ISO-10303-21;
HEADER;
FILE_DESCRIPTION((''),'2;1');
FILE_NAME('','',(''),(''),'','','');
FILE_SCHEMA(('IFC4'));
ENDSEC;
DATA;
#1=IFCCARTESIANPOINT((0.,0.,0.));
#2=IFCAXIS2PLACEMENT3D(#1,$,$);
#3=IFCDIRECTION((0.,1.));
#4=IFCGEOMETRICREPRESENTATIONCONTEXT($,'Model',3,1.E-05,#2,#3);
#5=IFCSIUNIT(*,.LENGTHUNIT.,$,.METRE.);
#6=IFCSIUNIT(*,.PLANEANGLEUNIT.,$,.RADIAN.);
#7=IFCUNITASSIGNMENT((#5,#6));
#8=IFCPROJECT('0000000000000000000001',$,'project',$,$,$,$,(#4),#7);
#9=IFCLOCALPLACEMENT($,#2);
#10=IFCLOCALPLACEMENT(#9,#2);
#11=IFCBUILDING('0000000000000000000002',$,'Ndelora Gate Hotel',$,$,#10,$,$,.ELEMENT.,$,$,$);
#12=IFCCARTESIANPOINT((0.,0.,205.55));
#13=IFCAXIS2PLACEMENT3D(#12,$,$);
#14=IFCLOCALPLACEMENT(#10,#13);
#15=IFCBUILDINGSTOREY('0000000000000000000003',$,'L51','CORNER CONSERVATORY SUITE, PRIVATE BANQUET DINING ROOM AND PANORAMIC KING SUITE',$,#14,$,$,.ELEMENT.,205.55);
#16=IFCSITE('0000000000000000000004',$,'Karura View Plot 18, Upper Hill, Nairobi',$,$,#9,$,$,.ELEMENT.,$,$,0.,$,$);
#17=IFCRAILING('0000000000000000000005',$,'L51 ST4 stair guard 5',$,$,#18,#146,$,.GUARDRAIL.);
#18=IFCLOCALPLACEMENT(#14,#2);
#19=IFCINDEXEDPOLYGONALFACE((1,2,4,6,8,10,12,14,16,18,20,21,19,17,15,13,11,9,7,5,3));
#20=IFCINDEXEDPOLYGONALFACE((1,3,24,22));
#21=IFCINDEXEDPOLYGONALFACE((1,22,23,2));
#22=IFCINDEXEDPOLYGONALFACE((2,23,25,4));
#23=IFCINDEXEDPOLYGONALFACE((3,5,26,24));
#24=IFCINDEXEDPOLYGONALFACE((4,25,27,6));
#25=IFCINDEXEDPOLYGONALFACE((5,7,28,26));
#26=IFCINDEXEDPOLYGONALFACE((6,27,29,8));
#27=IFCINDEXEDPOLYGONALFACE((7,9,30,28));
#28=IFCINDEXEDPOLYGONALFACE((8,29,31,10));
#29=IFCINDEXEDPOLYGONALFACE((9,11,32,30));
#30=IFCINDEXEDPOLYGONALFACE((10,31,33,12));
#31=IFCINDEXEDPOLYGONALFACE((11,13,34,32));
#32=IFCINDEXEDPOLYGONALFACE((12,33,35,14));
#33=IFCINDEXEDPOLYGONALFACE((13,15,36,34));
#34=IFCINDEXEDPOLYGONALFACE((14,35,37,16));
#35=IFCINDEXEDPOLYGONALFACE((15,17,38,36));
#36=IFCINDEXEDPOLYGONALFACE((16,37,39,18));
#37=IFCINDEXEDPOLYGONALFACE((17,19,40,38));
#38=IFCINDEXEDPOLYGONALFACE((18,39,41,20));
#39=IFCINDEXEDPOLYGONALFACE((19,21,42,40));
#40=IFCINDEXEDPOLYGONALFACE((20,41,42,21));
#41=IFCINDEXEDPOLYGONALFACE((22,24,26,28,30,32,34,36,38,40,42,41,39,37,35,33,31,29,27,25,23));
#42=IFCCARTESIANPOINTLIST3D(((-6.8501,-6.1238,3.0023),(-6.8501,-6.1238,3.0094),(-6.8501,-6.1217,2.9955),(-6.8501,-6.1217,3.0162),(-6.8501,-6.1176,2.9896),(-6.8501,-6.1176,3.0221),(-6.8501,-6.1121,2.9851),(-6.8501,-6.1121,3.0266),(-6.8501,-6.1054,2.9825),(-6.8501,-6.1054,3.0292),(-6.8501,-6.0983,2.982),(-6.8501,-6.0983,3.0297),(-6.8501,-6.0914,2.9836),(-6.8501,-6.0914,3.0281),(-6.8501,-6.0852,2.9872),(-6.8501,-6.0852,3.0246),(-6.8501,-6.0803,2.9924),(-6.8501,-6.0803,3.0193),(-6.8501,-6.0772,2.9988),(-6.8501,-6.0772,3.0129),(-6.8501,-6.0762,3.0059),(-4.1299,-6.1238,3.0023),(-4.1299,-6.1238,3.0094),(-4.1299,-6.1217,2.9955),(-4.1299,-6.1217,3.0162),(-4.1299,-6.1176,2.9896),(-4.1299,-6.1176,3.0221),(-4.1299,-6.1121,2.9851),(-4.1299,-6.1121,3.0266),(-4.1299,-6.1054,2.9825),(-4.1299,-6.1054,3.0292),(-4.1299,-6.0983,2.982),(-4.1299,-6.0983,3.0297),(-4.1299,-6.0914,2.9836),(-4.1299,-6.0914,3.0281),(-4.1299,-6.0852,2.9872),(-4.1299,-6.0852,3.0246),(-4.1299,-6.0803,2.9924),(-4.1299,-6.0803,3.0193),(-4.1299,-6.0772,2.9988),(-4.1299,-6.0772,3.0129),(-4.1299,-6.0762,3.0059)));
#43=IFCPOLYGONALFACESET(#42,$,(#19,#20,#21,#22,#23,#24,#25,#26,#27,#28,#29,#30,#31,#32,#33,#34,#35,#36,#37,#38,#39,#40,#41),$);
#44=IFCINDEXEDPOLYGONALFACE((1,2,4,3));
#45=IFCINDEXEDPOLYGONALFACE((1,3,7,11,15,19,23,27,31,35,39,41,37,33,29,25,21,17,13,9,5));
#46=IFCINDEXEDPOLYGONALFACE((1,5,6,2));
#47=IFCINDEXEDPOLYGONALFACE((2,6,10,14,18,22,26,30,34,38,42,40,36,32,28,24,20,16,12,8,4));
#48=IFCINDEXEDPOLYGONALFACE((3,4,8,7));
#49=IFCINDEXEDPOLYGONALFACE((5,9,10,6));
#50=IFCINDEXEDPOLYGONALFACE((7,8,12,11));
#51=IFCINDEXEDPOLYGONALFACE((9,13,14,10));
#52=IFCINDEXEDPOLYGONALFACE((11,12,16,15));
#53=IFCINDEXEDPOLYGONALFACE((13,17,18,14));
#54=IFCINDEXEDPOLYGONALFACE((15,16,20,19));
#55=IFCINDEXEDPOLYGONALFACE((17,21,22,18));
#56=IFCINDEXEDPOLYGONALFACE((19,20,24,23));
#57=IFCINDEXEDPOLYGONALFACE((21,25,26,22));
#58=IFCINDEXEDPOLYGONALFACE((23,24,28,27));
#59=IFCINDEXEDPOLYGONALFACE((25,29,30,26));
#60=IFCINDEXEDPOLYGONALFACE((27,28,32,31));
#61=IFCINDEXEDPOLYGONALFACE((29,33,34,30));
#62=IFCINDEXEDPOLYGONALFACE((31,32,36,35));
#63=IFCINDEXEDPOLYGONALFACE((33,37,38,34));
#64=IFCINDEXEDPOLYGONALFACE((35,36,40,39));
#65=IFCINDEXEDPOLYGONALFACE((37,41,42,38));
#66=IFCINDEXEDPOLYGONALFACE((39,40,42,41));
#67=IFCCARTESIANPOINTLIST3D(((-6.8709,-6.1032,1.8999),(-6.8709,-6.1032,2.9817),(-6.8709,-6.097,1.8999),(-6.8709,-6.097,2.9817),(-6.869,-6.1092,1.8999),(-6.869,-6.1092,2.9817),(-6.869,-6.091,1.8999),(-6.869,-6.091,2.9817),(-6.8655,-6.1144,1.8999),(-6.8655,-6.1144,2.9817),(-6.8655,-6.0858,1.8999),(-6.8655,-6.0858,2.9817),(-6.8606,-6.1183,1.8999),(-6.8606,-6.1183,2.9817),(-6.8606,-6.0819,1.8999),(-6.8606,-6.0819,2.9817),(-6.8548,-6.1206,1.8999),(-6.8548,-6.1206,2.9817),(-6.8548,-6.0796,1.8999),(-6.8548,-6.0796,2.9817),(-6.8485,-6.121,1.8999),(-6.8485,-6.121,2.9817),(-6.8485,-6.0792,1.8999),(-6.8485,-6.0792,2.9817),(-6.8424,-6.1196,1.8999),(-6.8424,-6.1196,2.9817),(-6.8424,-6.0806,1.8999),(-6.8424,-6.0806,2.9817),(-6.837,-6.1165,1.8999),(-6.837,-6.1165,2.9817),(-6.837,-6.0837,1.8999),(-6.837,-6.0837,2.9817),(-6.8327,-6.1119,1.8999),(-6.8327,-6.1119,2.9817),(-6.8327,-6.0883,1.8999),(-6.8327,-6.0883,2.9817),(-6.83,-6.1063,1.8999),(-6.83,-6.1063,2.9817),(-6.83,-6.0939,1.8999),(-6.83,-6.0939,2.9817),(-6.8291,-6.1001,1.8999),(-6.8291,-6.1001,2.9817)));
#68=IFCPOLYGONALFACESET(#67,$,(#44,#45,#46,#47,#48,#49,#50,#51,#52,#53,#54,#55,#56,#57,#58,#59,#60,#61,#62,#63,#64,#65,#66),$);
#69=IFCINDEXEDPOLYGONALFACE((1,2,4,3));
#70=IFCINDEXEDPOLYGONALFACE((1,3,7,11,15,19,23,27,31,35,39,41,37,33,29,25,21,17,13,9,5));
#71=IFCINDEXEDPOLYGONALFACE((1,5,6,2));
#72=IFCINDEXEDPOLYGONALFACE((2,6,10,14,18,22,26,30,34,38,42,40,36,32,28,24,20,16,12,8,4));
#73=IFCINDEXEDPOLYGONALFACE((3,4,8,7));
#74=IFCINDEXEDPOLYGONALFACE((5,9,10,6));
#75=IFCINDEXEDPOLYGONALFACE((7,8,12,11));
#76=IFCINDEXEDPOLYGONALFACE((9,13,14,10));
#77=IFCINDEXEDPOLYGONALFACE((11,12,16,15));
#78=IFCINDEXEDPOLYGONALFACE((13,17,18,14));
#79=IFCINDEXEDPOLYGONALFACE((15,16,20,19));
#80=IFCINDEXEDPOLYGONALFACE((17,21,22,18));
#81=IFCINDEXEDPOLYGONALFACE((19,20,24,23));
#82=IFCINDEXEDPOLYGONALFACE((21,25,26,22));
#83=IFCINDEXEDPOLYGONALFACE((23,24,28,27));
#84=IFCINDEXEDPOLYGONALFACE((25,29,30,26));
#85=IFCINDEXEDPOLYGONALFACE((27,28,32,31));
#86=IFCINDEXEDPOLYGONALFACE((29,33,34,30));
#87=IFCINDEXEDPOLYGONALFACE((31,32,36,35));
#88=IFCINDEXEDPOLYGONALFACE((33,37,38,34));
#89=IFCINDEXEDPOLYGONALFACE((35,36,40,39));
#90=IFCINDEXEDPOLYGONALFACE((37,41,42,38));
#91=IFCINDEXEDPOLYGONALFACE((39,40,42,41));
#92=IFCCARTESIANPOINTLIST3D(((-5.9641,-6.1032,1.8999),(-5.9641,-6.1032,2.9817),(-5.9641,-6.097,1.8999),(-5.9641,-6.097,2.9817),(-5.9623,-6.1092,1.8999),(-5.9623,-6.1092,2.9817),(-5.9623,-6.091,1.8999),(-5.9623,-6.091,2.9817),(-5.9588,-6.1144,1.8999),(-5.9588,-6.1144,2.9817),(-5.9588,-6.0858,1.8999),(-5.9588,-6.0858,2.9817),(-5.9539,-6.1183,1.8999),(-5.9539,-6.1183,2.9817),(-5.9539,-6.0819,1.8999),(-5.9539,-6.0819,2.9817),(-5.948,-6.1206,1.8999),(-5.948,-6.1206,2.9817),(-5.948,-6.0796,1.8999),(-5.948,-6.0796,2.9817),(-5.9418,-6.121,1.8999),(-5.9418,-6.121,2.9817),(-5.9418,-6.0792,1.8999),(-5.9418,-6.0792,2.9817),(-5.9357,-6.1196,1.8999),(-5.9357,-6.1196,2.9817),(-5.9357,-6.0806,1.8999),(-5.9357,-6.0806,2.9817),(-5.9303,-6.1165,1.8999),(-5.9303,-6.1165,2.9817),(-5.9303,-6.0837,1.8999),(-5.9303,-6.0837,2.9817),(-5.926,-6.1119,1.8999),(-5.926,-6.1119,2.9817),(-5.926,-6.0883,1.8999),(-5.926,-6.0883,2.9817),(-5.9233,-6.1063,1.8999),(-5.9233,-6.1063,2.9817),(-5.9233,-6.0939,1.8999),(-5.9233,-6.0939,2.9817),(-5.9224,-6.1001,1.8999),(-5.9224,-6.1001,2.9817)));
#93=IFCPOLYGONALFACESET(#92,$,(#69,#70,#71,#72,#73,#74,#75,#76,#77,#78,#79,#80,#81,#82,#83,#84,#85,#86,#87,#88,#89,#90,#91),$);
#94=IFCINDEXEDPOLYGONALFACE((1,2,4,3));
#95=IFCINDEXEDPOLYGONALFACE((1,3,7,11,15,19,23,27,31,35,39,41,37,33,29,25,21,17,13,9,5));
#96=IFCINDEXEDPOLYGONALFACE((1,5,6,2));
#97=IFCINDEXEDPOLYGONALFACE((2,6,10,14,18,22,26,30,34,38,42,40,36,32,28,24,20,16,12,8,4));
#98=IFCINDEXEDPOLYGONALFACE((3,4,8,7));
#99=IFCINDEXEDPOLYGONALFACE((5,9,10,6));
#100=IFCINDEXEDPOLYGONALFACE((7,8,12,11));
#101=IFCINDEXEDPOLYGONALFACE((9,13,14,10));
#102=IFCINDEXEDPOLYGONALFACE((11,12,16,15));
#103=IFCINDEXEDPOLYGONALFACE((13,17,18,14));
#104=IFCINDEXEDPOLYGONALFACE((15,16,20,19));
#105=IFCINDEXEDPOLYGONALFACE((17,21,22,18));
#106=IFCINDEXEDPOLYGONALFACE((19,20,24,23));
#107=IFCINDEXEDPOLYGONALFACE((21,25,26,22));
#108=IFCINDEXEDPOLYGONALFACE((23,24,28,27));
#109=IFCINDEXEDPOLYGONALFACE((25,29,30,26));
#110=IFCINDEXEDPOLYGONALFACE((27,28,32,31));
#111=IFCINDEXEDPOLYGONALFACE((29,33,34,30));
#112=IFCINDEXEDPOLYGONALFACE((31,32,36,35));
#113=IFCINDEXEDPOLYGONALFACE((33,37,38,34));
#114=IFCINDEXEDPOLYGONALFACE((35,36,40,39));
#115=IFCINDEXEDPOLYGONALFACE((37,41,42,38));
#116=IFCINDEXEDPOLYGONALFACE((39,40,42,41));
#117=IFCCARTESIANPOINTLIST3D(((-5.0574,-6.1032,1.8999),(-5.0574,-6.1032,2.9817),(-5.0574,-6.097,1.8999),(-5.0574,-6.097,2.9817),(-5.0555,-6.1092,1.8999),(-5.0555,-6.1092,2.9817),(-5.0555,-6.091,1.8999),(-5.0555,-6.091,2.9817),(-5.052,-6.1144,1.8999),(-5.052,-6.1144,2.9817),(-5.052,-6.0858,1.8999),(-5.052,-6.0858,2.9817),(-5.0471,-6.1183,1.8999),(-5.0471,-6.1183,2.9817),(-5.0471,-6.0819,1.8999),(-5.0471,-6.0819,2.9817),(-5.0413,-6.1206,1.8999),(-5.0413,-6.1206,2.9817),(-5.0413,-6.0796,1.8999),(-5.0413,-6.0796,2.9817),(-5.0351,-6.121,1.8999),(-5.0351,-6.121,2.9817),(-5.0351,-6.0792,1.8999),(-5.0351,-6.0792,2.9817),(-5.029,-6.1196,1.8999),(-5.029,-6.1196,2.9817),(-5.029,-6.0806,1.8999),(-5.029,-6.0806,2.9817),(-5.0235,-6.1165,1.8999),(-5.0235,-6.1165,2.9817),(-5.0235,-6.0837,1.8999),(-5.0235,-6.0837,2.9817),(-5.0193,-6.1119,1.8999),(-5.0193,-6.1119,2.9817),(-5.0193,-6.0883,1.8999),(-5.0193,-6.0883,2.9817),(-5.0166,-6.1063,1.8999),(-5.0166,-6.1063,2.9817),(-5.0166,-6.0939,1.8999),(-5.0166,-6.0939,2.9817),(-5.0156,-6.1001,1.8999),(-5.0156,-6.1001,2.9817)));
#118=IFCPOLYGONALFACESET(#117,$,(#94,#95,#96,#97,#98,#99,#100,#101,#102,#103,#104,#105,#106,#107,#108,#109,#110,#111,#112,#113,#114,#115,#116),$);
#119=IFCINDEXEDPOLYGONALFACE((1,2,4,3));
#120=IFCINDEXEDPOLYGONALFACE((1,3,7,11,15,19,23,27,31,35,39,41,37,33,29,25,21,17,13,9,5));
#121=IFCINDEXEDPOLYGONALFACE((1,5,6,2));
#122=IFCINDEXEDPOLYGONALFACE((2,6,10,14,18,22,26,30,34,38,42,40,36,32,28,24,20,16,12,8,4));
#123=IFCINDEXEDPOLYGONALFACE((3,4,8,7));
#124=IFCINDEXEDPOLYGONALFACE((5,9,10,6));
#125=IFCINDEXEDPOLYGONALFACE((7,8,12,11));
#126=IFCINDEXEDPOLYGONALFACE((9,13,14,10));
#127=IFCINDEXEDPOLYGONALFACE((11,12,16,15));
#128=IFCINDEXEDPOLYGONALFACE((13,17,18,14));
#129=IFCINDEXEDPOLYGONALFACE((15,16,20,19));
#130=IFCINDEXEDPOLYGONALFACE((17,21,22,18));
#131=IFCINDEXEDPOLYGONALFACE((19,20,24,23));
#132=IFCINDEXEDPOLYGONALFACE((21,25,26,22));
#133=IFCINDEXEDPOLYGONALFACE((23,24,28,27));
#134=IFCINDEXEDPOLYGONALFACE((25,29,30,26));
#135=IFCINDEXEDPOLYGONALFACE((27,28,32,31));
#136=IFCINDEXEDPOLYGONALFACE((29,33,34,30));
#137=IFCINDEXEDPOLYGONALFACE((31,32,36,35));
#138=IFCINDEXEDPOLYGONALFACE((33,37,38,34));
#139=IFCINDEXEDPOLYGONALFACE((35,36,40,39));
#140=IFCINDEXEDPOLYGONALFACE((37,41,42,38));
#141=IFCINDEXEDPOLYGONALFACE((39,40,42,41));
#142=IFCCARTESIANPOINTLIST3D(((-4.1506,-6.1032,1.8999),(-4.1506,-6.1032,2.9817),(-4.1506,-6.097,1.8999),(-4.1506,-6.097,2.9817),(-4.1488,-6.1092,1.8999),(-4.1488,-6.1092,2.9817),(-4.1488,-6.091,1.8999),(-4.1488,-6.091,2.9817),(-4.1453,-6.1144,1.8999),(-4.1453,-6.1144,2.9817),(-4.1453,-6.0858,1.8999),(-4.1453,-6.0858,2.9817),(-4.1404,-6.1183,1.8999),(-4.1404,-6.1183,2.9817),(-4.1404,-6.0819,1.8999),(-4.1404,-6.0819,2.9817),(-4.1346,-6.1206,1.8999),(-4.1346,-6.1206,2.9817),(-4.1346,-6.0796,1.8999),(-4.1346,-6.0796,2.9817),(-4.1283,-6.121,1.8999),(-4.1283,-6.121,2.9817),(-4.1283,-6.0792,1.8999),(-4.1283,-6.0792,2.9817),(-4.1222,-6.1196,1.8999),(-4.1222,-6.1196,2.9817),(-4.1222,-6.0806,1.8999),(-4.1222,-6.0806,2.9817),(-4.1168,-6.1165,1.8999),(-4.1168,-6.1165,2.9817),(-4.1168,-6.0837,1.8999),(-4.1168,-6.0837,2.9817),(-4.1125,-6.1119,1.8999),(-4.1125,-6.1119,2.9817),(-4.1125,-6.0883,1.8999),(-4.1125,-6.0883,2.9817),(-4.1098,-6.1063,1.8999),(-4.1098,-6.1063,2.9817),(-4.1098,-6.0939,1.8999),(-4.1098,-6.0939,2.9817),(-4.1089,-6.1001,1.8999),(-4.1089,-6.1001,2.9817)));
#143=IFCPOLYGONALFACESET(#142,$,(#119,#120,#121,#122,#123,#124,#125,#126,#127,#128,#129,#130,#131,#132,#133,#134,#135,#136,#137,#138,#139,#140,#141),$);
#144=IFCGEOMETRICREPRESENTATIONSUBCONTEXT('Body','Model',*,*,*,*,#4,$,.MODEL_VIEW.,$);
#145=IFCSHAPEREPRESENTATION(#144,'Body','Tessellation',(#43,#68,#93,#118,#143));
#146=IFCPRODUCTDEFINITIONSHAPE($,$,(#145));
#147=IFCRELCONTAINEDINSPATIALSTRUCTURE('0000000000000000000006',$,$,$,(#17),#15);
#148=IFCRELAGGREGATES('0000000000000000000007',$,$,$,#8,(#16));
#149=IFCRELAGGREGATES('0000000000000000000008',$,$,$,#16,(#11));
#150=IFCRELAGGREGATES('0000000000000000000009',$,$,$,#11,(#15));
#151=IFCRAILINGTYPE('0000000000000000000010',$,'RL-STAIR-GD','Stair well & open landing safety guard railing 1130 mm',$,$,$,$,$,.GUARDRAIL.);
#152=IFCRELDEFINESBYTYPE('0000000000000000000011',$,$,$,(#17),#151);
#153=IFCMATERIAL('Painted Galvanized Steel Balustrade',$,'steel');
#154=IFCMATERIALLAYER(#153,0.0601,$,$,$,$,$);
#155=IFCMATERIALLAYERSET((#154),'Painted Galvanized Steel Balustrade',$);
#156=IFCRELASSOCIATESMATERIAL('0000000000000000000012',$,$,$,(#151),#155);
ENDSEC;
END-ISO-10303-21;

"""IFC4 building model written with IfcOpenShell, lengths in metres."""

from ifc_helpers import new_model, si_unit, direction, frame, origin, origin_2d, place, context, subcontext, project, spatial, circle, extrude, material, layer, layer_set, type_object, element, save


model = new_model("IFC4")

# Units and contexts
model_context = context("Model", 3, precision=1e-05, world=origin(), true_north=direction((0.0, 1.0)))
body_context = subcontext(model_context, "Body", "Model", "MODEL_VIEW")
ifc_project = project(units=[si_unit("LENGTHUNIT", "METRE"), si_unit("PLANEANGLEUNIT", "RADIAN")], contexts=[model_context])

# Site, building, storey
site_placement = place(None, origin())
site = spatial("IfcSite", under=ifc_project, at=site_placement, Name="Karura View Plot 18, Upper Hill, Nairobi", CompositionType="ELEMENT", RefElevation=0.0)
building_placement = place(site_placement, origin())
building = spatial("IfcBuilding", under=site, at=building_placement, Name="Ndelora Gate Hotel", CompositionType="ELEMENT")
storey_placement = place(building_placement, frame((0.0, 0.0, 205.55)))
storey = spatial("IfcBuildingStorey", under=building, at=storey_placement, Name="L51", Description="CORNER CONSERVATORY SUITE, PRIVATE BANQUET DINING ROOM AND PANORAMIC KING SUITE", CompositionType="ELEMENT", Elevation=205.55)

# Railing
ifc_material_1 = material(Name="Painted Galvanized Steel Balustrade", Category="steel")
ifc_layer_1 = layer(ifc_material_1, 0.0601)
ifc_layer_set_1 = layer_set([ifc_layer_1], Name="Painted Galvanized Steel Balustrade")
railing_type_1 = type_object("IfcRailingType", Name="RL-STAIR-GD", Description="Stair well & open landing safety guard railing 1130 mm", PredefinedType="GUARDRAIL", material=ifc_layer_set_1)
railing_1_placement = place(storey_placement, frame((-6.8501, -6.1001, 1.8999)))
element("IfcRailing", 1, at=railing_1_placement, inside=storey, type_object=railing_type_1, Name="L51 ST4 stair guard 5", PredefinedType="GUARDRAIL", context=body_context, shape_type="SweptSolid", body=[
    extrude(circle(Radius=0.0239, at=origin_2d()), frame((0.0, 0.0, 1.106), z_axis=(1.0, 0.0, 0.0), x_axis=(0.0, 1.0, 0.0)), (0.0, 0.0, 1.0), 2.7202),
    extrude(circle(Radius=0.021, at=origin_2d()), origin(), (0.0, 0.0, 1.0), 1.0818),
    extrude(circle(Radius=0.021, at=origin_2d()), frame((0.9067, 0.0, 0.0)), (0.0, 0.0, 1.0), 1.0818),
    extrude(circle(Radius=0.021, at=origin_2d()), frame((1.8135, 0.0, 0.0)), (0.0, 0.0, 1.0), 1.0818),
    extrude(circle(Radius=0.021, at=origin_2d()), frame((2.7202, 0.0, 0.0)), (0.0, 0.0, 1.0), 1.0818),
])

save(model, "model.ifc")
